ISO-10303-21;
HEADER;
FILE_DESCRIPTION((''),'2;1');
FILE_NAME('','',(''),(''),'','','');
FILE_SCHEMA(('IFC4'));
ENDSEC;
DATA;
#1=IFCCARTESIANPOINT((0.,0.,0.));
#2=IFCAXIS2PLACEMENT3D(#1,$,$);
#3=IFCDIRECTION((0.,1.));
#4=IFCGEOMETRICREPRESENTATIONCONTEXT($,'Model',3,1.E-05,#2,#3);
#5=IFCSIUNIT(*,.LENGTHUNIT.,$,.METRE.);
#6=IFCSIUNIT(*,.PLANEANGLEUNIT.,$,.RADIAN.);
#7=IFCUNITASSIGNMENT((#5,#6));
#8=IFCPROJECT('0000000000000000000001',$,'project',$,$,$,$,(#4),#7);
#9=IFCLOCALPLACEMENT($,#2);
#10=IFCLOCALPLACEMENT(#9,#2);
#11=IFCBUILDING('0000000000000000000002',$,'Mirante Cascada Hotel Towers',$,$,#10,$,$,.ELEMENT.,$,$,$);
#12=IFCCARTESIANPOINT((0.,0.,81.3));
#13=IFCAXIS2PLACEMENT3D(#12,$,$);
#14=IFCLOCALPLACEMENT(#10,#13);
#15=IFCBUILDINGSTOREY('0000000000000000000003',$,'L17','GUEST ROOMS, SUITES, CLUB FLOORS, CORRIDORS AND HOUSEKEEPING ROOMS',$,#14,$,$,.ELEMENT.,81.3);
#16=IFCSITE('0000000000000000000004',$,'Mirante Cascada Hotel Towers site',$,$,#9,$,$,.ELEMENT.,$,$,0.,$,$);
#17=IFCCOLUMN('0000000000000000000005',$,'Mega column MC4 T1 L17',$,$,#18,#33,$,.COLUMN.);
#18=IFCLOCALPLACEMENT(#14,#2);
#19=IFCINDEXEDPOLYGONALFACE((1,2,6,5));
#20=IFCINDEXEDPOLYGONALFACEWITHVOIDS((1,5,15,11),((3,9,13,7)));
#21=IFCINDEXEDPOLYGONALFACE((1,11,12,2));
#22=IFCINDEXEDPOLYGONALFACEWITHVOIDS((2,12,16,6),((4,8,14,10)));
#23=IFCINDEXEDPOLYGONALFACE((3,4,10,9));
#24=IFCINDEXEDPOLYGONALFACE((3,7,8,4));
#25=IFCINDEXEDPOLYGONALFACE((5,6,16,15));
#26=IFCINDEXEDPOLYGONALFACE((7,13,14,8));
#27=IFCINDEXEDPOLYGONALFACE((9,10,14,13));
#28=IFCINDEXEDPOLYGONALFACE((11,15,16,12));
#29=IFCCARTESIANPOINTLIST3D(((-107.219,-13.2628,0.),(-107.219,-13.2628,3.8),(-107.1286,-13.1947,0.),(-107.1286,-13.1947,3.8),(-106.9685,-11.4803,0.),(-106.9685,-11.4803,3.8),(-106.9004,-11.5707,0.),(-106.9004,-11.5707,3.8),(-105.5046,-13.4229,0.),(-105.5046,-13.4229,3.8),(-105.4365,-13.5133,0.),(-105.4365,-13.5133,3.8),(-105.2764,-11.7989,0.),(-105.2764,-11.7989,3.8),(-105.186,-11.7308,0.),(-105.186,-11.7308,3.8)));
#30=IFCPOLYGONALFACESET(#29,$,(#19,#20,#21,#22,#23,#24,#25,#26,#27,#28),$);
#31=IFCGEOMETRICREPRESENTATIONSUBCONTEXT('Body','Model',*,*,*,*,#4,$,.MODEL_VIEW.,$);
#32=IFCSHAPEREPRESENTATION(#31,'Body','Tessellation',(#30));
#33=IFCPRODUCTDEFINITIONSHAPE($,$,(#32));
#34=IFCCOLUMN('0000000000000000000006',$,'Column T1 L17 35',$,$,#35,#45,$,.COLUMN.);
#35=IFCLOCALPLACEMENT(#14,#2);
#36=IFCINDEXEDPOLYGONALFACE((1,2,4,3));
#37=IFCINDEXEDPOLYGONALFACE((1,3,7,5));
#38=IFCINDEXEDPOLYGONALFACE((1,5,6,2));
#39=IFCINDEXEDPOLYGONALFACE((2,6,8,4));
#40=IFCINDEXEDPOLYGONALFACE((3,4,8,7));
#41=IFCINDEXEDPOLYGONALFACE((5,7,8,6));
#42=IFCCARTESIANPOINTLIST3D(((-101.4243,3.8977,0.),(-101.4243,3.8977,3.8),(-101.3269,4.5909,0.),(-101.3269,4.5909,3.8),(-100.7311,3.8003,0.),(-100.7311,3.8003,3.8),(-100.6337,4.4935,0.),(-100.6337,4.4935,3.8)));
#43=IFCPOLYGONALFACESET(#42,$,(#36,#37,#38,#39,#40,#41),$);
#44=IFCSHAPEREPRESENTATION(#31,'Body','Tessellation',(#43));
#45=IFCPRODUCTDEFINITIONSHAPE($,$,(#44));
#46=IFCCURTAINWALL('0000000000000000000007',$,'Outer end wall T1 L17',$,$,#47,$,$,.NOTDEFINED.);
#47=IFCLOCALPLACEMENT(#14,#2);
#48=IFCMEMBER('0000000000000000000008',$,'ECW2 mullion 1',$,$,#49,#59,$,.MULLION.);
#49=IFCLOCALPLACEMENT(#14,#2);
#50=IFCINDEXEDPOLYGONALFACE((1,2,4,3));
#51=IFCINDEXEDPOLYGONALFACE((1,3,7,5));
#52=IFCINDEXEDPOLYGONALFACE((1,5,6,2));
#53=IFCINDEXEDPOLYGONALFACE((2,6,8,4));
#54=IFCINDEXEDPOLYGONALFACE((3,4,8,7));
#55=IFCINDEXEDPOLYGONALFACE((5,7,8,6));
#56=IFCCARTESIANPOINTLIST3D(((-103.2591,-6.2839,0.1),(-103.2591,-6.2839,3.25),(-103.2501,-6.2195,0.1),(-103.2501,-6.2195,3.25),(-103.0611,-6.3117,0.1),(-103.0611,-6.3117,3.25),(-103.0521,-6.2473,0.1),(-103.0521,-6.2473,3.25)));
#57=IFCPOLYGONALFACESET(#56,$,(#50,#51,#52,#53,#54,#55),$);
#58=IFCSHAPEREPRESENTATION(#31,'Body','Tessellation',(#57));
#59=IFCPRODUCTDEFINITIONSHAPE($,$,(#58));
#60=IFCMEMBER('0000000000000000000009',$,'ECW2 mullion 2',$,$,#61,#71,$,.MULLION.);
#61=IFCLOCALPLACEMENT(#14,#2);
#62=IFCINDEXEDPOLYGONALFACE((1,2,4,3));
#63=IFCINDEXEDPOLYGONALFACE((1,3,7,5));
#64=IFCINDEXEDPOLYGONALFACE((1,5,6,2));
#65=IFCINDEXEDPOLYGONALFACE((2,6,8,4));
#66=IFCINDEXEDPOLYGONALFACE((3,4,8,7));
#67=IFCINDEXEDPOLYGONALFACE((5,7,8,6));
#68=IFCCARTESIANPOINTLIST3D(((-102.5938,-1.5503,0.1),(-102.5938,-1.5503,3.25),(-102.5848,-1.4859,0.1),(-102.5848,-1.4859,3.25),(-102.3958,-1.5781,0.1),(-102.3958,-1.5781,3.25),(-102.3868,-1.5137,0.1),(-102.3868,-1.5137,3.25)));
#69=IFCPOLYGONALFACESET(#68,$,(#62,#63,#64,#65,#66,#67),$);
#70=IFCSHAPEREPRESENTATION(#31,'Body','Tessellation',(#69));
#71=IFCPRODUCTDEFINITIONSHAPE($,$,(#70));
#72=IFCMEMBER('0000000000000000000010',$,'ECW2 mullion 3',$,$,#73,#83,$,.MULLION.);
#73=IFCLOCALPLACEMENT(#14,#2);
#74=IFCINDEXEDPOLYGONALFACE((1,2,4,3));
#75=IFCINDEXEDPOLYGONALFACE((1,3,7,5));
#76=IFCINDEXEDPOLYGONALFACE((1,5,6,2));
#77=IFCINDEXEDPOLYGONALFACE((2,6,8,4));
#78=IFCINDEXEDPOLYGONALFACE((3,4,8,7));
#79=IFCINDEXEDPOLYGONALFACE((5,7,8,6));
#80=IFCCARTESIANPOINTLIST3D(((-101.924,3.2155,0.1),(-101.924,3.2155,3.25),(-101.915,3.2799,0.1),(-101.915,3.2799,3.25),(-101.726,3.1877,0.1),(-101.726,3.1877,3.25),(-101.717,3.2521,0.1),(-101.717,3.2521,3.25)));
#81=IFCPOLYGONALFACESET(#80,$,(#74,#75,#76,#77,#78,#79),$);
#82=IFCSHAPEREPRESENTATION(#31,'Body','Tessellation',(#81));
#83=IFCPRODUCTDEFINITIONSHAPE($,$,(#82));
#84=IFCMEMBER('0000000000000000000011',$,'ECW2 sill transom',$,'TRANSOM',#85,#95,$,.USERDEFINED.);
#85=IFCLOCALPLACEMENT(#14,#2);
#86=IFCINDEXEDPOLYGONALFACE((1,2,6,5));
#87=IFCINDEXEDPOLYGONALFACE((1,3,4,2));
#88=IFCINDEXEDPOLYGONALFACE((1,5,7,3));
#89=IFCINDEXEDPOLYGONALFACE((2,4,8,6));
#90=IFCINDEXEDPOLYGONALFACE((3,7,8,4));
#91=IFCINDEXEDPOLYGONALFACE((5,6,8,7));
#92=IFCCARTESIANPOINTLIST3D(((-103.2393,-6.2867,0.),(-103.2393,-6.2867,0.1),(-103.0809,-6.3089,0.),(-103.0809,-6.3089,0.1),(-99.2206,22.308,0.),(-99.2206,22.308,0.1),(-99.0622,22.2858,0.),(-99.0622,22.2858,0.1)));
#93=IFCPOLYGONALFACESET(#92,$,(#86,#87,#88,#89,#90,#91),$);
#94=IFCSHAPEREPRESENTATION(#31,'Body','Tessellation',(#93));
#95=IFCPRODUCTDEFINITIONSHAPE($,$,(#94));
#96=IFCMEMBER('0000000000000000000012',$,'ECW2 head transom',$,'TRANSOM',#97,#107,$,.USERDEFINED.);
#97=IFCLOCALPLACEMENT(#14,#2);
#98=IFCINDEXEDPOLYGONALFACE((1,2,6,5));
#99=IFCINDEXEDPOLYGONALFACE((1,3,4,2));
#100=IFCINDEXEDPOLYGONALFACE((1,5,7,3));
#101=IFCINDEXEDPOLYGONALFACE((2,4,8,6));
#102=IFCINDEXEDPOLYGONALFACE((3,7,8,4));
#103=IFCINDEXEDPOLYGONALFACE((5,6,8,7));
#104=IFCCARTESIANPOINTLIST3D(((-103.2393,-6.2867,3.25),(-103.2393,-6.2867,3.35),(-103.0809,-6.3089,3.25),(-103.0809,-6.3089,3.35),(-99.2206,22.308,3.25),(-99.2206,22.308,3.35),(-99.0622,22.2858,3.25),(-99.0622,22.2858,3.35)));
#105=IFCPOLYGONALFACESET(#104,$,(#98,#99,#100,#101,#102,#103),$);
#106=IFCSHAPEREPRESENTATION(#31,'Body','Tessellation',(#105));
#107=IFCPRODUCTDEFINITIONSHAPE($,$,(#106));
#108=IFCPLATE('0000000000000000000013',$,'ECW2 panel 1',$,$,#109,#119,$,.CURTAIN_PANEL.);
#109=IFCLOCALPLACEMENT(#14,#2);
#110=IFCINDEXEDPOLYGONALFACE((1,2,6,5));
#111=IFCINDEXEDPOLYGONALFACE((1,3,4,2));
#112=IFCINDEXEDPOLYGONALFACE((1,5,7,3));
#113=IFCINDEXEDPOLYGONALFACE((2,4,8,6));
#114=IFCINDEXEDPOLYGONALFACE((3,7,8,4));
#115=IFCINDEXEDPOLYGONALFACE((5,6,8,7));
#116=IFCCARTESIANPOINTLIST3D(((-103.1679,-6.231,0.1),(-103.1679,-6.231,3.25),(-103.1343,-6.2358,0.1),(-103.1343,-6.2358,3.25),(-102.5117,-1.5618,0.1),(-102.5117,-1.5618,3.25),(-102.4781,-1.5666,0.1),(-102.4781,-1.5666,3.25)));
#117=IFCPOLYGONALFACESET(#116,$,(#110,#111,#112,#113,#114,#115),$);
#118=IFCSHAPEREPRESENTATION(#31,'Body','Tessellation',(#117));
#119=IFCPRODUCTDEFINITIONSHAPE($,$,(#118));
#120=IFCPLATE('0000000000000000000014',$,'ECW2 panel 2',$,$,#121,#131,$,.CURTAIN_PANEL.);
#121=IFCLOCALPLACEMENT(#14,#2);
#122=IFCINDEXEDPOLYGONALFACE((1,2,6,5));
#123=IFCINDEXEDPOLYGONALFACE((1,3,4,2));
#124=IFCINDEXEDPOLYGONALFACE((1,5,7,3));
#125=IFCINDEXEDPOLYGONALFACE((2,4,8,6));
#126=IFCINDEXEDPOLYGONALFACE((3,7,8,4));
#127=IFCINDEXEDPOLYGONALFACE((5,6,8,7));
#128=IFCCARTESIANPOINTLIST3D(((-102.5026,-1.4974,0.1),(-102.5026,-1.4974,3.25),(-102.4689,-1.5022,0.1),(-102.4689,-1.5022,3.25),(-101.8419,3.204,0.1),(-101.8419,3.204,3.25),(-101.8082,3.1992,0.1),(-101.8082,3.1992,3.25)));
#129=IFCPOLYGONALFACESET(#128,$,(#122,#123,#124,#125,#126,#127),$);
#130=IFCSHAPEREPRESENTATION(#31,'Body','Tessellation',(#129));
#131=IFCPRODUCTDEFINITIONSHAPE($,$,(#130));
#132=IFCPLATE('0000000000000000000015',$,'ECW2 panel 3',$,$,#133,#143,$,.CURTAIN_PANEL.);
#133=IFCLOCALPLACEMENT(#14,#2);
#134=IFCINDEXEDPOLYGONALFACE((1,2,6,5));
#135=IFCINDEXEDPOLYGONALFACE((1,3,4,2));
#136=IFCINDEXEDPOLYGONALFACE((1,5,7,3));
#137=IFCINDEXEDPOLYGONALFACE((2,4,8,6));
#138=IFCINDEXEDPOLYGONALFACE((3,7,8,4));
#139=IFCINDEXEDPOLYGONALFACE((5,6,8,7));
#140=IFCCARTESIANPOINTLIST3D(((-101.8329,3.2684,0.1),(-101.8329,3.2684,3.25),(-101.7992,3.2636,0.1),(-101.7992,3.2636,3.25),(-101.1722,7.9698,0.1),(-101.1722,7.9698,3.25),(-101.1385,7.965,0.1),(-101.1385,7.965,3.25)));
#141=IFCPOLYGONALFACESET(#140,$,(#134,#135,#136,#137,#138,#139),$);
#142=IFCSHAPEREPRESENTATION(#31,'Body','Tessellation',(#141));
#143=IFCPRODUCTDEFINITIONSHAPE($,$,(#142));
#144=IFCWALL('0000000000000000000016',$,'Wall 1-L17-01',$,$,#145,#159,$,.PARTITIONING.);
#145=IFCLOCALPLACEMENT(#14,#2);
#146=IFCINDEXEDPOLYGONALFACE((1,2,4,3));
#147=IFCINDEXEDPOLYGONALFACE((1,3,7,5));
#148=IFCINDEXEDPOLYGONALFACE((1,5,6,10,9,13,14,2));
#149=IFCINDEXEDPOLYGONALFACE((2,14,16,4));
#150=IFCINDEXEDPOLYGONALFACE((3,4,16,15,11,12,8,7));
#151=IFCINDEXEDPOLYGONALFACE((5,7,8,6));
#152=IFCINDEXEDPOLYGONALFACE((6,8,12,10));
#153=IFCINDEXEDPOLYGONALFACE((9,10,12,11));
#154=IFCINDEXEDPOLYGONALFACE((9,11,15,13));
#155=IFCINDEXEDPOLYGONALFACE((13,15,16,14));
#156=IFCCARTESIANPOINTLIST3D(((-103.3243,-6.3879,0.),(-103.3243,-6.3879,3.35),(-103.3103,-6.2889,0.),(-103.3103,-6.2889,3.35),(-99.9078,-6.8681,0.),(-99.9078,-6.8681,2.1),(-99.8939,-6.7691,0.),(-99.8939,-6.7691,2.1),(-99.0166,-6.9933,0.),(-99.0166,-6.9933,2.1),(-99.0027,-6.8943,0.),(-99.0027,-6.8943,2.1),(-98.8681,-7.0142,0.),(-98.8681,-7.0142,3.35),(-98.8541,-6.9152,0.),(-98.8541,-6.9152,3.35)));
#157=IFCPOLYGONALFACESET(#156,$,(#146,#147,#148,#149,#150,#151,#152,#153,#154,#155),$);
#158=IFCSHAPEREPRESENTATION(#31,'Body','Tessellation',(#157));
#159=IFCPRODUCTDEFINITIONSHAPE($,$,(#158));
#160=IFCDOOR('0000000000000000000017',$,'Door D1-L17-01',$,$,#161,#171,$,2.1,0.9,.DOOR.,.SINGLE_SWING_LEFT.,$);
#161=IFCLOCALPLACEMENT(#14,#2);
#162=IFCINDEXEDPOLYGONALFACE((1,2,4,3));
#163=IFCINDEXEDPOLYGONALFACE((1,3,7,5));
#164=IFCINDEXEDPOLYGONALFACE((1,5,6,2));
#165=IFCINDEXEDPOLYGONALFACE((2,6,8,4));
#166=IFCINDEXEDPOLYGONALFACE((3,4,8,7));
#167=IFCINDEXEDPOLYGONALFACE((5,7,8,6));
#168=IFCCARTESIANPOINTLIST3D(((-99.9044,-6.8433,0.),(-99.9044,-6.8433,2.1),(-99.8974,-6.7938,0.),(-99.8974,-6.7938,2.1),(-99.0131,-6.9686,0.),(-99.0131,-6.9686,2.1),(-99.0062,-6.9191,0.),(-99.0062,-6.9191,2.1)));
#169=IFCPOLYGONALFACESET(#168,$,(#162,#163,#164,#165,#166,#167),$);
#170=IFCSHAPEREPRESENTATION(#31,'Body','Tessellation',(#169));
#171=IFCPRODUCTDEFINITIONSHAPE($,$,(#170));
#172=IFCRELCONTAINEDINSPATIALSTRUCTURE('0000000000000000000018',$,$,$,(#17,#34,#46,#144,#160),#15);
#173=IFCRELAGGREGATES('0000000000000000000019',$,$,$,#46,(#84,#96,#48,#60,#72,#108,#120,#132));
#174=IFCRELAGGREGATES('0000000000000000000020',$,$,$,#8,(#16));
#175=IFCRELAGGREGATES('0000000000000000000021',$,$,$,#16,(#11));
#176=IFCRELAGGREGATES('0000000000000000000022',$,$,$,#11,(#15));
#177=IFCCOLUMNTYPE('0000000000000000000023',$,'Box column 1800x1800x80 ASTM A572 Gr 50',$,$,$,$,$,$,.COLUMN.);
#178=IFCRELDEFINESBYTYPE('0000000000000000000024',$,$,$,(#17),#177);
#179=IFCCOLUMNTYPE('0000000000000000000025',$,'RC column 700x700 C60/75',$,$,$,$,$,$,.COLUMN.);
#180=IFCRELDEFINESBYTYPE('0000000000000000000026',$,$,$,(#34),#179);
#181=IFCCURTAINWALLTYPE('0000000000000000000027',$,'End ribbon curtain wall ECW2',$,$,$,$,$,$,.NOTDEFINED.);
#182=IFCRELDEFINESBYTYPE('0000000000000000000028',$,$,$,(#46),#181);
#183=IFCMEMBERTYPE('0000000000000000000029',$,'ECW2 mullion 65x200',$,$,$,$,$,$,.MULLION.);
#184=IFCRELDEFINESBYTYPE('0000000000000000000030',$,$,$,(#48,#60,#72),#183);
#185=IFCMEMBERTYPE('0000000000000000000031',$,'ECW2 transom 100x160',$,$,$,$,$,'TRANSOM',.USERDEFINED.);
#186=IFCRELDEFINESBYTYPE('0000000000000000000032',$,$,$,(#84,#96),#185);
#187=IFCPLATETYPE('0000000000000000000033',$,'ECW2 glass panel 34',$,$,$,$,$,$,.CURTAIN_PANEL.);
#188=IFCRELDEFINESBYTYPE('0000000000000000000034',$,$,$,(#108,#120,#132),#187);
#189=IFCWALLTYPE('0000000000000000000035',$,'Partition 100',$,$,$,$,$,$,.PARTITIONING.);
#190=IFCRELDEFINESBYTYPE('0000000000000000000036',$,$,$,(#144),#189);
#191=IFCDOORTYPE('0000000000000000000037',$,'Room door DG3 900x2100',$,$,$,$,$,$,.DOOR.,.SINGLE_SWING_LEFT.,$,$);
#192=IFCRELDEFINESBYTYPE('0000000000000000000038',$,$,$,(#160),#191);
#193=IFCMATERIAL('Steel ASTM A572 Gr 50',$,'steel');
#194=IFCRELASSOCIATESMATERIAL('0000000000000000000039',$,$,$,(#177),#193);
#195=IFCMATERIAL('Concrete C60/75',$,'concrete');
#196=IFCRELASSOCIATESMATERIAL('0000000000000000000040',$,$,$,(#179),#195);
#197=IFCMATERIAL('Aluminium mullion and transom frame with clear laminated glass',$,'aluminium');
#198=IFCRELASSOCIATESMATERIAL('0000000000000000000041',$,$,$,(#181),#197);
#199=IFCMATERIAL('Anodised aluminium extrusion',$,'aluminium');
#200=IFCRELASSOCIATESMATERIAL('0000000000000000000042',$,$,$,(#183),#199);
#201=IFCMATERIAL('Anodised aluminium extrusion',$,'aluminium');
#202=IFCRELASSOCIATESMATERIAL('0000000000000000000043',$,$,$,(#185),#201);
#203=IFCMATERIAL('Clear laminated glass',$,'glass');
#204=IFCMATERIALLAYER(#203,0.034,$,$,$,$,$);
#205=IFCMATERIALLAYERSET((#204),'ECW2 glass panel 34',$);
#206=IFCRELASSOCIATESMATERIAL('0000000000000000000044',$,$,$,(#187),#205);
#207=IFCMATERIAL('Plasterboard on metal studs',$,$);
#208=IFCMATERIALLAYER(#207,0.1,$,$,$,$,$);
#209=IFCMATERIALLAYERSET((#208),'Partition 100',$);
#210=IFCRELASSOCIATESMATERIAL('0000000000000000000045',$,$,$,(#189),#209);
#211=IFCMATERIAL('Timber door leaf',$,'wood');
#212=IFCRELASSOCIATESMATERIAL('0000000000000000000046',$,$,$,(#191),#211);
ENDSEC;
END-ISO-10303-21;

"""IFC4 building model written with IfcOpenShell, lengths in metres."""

from ifc_helpers import new_model, si_unit, direction, frame, frame_2d, origin, origin_2d, place, context, subcontext, project, spatial, rectangle, hollow_rectangle, extrude, material, layer, layer_set, material_profile, profile_set, type_object, element, fill, aggregate, save


model = new_model("IFC4")

# Units and contexts
model_context = context("Model", 3, precision=1e-05, world=origin(), true_north=direction((0.0, 1.0)))
body_context = subcontext(model_context, "Body", "Model", "MODEL_VIEW")
ifc_project = project(units=[si_unit("LENGTHUNIT", "METRE"), si_unit("PLANEANGLEUNIT", "RADIAN")], contexts=[model_context])

# Site, building, storey
site_placement = place(None, origin())
site = spatial("IfcSite", under=ifc_project, at=site_placement, Name="Mirante Cascada Hotel Towers site", CompositionType="ELEMENT", RefElevation=0.0)
building_placement = place(site_placement, origin())
building = spatial("IfcBuilding", under=site, at=building_placement, Name="Mirante Cascada Hotel Towers", CompositionType="ELEMENT")
storey_placement = place(building_placement, frame((0.0, 0.0, 81.3)))
storey = spatial("IfcBuildingStorey", under=building, at=storey_placement, Name="L17", Description="GUEST ROOMS, SUITES, CLUB FLOORS, CORRIDORS AND HOUSEKEEPING ROOMS", CompositionType="ELEMENT", Elevation=81.3)

# Columns
ifc_material_1 = material(Name="Steel ASTM A572 Gr 50", Category="steel")
ifc_material_profile_1 = material_profile(ifc_material_1, hollow_rectangle(XDim=1.8, YDim=1.8, WallThickness=0.08, at=origin_2d()), Name="Box column 1800x1800x80 ASTM A572 Gr 50")
ifc_profile_set_1 = profile_set([ifc_material_profile_1], Name="Steel ASTM A572 Gr 50")
column_type_1 = type_object("IfcColumnType", Name="Box column 1800x1800x80 ASTM A572 Gr 50", PredefinedType="COLUMN", material=ifc_profile_set_1)
column_1_placement = place(storey_placement, frame((-106.2025, -12.4968, 0.0), z_axis=(0.0, 0.0, 1.0), x_axis=(-0.990268, 0.139173, 0.0)))
element("IfcColumn", 1, at=column_1_placement, inside=storey, type_object=column_type_1, Name="Mega column MC4 T1 L17", PredefinedType="COLUMN", context=body_context, shape_type="SweptSolid", body=[
    extrude(hollow_rectangle(XDim=1.8, YDim=1.8, WallThickness=0.08, at=origin_2d()), origin(), (0.0, 0.0, 1.0), 3.8),
])
ifc_material_2 = material(Name="Concrete C60/75", Category="concrete")
ifc_material_profile_2 = material_profile(ifc_material_2, rectangle(XDim=0.7, YDim=0.7, at=origin_2d()), Name="RC column 700x700 C60/75")
ifc_profile_set_2 = profile_set([ifc_material_profile_2], Name="Concrete C60/75")
column_type_2 = type_object("IfcColumnType", Name="RC column 700x700 C60/75", PredefinedType="COLUMN", material=ifc_profile_set_2)
column_2_placement = place(storey_placement, frame((-101.029, 4.1956, 0.0), z_axis=(0.0, 0.0, 1.0), x_axis=(-0.990268, 0.139173, 0.0)))
element("IfcColumn", 2, at=column_2_placement, inside=storey, type_object=column_type_2, Name="Column T1 L17 35", PredefinedType="COLUMN", context=body_context, shape_type="SweptSolid", body=[
    extrude(rectangle(XDim=0.7, YDim=0.7, at=origin_2d()), origin(), (0.0, 0.0, 1.0), 3.8),
])

# Curtain wall, members, plates
ifc_material_3 = material(Name="Aluminium mullion and transom frame with clear laminated glass", Category="aluminium")
curtain_wall_type = type_object("IfcCurtainWallType", Name="End ribbon curtain wall ECW2", PredefinedType="NOTDEFINED", material=ifc_material_3)
curtain_wall_placement = place(storey_placement, origin())
curtain_wall = element("IfcCurtainWall", 3, at=curtain_wall_placement, inside=storey, type_object=curtain_wall_type, Name="Outer end wall T1 L17", PredefinedType="NOTDEFINED")
ifc_material_4 = material(Name="Anodised aluminium extrusion", Category="aluminium")
ifc_material_profile_3 = material_profile(ifc_material_4, rectangle(XDim=0.2, YDim=0.065, at=origin_2d()), Name="ECW2 MULLION 65x200")
ifc_profile_set_3 = profile_set([ifc_material_profile_3], Name="Anodised aluminium extrusion")
member_type_1 = type_object("IfcMemberType", Name="ECW2 mullion 65x200", PredefinedType="MULLION", material=ifc_profile_set_3)
member_1_placement = place(storey_placement, frame((-103.1556, -6.2656, 0.1), z_axis=(0.0, 0.0, 1.0), x_axis=(-0.990268, 0.139173, 0.0)))
member_1 = element("IfcMember", 4, at=member_1_placement, type_object=member_type_1, Name="ECW2 mullion 1", PredefinedType="MULLION", context=body_context, shape_type="SweptSolid", body=[
    extrude(rectangle(XDim=0.2, YDim=0.065, at=origin_2d()), origin(), (0.0, 0.0, 1.0), 3.15),
])
member_2_placement = place(storey_placement, frame((-102.4903, -1.532, 0.1), z_axis=(0.0, 0.0, 1.0), x_axis=(-0.990268, 0.139173, 0.0)))
member_2 = element("IfcMember", 5, at=member_2_placement, type_object=member_type_1, Name="ECW2 mullion 2", PredefinedType="MULLION", context=body_context, shape_type="SweptSolid", body=[
    extrude(rectangle(XDim=0.2, YDim=0.065, at=origin_2d()), origin(), (0.0, 0.0, 1.0), 3.15),
])
member_3_placement = place(storey_placement, frame((-101.8205, 3.2338, 0.1), z_axis=(0.0, 0.0, 1.0), x_axis=(-0.990268, 0.139173, 0.0)))
member_3 = element("IfcMember", 6, at=member_3_placement, type_object=member_type_1, Name="ECW2 mullion 3", PredefinedType="MULLION", context=body_context, shape_type="SweptSolid", body=[
    extrude(rectangle(XDim=0.2, YDim=0.065, at=origin_2d()), origin(), (0.0, 0.0, 1.0), 3.15),
])
ifc_material_5 = material(Name="Anodised aluminium extrusion", Category="aluminium")
ifc_material_profile_4 = material_profile(ifc_material_5, rectangle(XDim=0.16, YDim=0.1, at=origin_2d()), Name="ECW2 TRANSOM 100x160")
ifc_profile_set_4 = profile_set([ifc_material_profile_4], Name="Anodised aluminium extrusion")
member_type_2 = type_object("IfcMemberType", Name="ECW2 transom 100x160", ElementType="TRANSOM", PredefinedType="USERDEFINED", material=ifc_profile_set_4)
member_4_placement = place(storey_placement, frame((-103.1601, -6.2978, 0.05), z_axis=(0.139172, 0.990268, 0.0), x_axis=(-0.990268, 0.139172, 0.0)))
member_4 = element("IfcMember", 7, at=member_4_placement, type_object=member_type_2, Name="ECW2 sill transom", ObjectType="TRANSOM", PredefinedType="USERDEFINED", context=body_context, shape_type="SweptSolid", body=[
    extrude(rectangle(XDim=0.16, YDim=0.1, at=origin_2d()), origin(), (0.0, 0.0, 1.0), 28.8757),
])
member_5_placement = place(storey_placement, frame((-103.1601, -6.2978, 3.3), z_axis=(0.139172, 0.990268, 0.0), x_axis=(-0.990268, 0.139172, 0.0)))
member_5 = element("IfcMember", 8, at=member_5_placement, type_object=member_type_2, Name="ECW2 head transom", ObjectType="TRANSOM", PredefinedType="USERDEFINED", context=body_context, shape_type="SweptSolid", body=[
    extrude(rectangle(XDim=0.16, YDim=0.1, at=origin_2d()), origin(), (0.0, 0.0, 1.0), 28.8757),
])
ifc_material_6 = material(Name="Clear laminated glass", Category="glass")
ifc_layer_1 = layer(ifc_material_6, 0.034)
ifc_layer_set_1 = layer_set([ifc_layer_1], Name="ECW2 glass panel 34")
plate_type = type_object("IfcPlateType", Name="ECW2 glass panel 34", PredefinedType="CURTAIN_PANEL", material=ifc_layer_set_1)
plate_1_placement = place(storey_placement, frame((-102.823, -3.8988, 0.1), z_axis=(0.0, 0.0, 1.0), x_axis=(0.139173, 0.990268, 0.0)))
plate_1 = element("IfcPlate", 9, at=plate_1_placement, type_object=plate_type, Name="ECW2 panel 1", PredefinedType="CURTAIN_PANEL", context=body_context, shape_type="SweptSolid", body=[
    extrude(rectangle(XDim=4.7151, YDim=0.034, at=origin_2d()), origin(), (0.0, 0.0, 1.0), 3.15),
])
plate_2_placement = place(storey_placement, frame((-102.1554, 0.8509, 0.1), z_axis=(0.0, 0.0, 1.0), x_axis=(0.139173, 0.990268, 0.0)))
plate_2 = element("IfcPlate", 10, at=plate_2_placement, type_object=plate_type, Name="ECW2 panel 2", PredefinedType="CURTAIN_PANEL", context=body_context, shape_type="SweptSolid", body=[
    extrude(rectangle(XDim=4.7476, YDim=0.034, at=origin_2d()), origin(), (0.0, 0.0, 1.0), 3.15),
])
plate_3_placement = place(storey_placement, frame((-101.4857, 5.6167, 0.1), z_axis=(0.0, 0.0, 1.0), x_axis=(0.139173, 0.990268, 0.0)))
plate_3 = element("IfcPlate", 11, at=plate_3_placement, type_object=plate_type, Name="ECW2 panel 3", PredefinedType="CURTAIN_PANEL", context=body_context, shape_type="SweptSolid", body=[
    extrude(rectangle(XDim=4.7476, YDim=0.034, at=origin_2d()), origin(), (0.0, 0.0, 1.0), 3.15),
])
aggregate(curtain_wall, [member_4, member_5, member_1, member_2, member_3, plate_1, plate_2, plate_3])

# Wall, opening, door
ifc_material_7 = material(Name="Plasterboard on metal studs")
ifc_layer_2 = layer(ifc_material_7, 0.1)
ifc_layer_set_2 = layer_set([ifc_layer_2], Name="Partition 100")
wall_type_1 = type_object("IfcWallType", Name="Partition 100", PredefinedType="PARTITIONING", material=ifc_layer_set_2)
wall_1_placement = place(storey_placement, frame((-103.3173, -6.3384, 0.0), z_axis=(0.0, 0.0, 1.0), x_axis=(0.990267, -0.139178, 0.0)))
wall_1 = element("IfcWall", 12, at=wall_1_placement, inside=storey, type_object=wall_type_1, Name="Wall 1-L17-01", PredefinedType="PARTITIONING", context=body_context, shape_type="SweptSolid", body=[
    extrude(rectangle(XDim=4.5, YDim=0.1, at=frame_2d((2.25, 0.0))), origin(), (0.0, 0.0, 1.0), 3.35),
])
opening_1_placement = place(wall_1_placement, frame((3.45, 0.0, 0.0)))
opening_1 = element("IfcOpeningElement", 13, at=opening_1_placement, cuts=wall_1, PredefinedType="OPENING", context=body_context, shape_type="SweptSolid", body=[
    extrude(rectangle(XDim=0.9, YDim=2.1, at=frame_2d((0.45, 1.05))), frame((0.0, 0.05, 0.0), z_axis=(0.0, -1.0, 0.0), x_axis=(1.0, 0.0, 0.0)), (0.0, 0.0, 1.0), 0.1),
])
ifc_material_8 = material(Name="Timber door leaf", Category="wood")
door_type_1 = type_object("IfcDoorType", Name="Room door DG3 900x2100", OperationType="SINGLE_SWING_LEFT", PredefinedType="DOOR", material=ifc_material_8)
door_1_placement = place(opening_1_placement, origin())
door_1 = element("IfcDoor", 14, at=door_1_placement, inside=storey, type_object=door_type_1, Name="Door D1-L17-01", OperationType="SINGLE_SWING_LEFT", OverallHeight=2.1, OverallWidth=0.9, PredefinedType="DOOR", context=body_context, shape_type="SweptSolid", body=[
    extrude(rectangle(XDim=0.9, YDim=2.1, at=frame_2d((0.45, 1.05))), frame((0.0, 0.025, 0.0), z_axis=(0.0, -1.0, 0.0), x_axis=(1.0, 0.0, 0.0)), (0.0, 0.0, 1.0), 0.05),
])
fill(opening_1, door_1)

save(model, "model.ifc")
